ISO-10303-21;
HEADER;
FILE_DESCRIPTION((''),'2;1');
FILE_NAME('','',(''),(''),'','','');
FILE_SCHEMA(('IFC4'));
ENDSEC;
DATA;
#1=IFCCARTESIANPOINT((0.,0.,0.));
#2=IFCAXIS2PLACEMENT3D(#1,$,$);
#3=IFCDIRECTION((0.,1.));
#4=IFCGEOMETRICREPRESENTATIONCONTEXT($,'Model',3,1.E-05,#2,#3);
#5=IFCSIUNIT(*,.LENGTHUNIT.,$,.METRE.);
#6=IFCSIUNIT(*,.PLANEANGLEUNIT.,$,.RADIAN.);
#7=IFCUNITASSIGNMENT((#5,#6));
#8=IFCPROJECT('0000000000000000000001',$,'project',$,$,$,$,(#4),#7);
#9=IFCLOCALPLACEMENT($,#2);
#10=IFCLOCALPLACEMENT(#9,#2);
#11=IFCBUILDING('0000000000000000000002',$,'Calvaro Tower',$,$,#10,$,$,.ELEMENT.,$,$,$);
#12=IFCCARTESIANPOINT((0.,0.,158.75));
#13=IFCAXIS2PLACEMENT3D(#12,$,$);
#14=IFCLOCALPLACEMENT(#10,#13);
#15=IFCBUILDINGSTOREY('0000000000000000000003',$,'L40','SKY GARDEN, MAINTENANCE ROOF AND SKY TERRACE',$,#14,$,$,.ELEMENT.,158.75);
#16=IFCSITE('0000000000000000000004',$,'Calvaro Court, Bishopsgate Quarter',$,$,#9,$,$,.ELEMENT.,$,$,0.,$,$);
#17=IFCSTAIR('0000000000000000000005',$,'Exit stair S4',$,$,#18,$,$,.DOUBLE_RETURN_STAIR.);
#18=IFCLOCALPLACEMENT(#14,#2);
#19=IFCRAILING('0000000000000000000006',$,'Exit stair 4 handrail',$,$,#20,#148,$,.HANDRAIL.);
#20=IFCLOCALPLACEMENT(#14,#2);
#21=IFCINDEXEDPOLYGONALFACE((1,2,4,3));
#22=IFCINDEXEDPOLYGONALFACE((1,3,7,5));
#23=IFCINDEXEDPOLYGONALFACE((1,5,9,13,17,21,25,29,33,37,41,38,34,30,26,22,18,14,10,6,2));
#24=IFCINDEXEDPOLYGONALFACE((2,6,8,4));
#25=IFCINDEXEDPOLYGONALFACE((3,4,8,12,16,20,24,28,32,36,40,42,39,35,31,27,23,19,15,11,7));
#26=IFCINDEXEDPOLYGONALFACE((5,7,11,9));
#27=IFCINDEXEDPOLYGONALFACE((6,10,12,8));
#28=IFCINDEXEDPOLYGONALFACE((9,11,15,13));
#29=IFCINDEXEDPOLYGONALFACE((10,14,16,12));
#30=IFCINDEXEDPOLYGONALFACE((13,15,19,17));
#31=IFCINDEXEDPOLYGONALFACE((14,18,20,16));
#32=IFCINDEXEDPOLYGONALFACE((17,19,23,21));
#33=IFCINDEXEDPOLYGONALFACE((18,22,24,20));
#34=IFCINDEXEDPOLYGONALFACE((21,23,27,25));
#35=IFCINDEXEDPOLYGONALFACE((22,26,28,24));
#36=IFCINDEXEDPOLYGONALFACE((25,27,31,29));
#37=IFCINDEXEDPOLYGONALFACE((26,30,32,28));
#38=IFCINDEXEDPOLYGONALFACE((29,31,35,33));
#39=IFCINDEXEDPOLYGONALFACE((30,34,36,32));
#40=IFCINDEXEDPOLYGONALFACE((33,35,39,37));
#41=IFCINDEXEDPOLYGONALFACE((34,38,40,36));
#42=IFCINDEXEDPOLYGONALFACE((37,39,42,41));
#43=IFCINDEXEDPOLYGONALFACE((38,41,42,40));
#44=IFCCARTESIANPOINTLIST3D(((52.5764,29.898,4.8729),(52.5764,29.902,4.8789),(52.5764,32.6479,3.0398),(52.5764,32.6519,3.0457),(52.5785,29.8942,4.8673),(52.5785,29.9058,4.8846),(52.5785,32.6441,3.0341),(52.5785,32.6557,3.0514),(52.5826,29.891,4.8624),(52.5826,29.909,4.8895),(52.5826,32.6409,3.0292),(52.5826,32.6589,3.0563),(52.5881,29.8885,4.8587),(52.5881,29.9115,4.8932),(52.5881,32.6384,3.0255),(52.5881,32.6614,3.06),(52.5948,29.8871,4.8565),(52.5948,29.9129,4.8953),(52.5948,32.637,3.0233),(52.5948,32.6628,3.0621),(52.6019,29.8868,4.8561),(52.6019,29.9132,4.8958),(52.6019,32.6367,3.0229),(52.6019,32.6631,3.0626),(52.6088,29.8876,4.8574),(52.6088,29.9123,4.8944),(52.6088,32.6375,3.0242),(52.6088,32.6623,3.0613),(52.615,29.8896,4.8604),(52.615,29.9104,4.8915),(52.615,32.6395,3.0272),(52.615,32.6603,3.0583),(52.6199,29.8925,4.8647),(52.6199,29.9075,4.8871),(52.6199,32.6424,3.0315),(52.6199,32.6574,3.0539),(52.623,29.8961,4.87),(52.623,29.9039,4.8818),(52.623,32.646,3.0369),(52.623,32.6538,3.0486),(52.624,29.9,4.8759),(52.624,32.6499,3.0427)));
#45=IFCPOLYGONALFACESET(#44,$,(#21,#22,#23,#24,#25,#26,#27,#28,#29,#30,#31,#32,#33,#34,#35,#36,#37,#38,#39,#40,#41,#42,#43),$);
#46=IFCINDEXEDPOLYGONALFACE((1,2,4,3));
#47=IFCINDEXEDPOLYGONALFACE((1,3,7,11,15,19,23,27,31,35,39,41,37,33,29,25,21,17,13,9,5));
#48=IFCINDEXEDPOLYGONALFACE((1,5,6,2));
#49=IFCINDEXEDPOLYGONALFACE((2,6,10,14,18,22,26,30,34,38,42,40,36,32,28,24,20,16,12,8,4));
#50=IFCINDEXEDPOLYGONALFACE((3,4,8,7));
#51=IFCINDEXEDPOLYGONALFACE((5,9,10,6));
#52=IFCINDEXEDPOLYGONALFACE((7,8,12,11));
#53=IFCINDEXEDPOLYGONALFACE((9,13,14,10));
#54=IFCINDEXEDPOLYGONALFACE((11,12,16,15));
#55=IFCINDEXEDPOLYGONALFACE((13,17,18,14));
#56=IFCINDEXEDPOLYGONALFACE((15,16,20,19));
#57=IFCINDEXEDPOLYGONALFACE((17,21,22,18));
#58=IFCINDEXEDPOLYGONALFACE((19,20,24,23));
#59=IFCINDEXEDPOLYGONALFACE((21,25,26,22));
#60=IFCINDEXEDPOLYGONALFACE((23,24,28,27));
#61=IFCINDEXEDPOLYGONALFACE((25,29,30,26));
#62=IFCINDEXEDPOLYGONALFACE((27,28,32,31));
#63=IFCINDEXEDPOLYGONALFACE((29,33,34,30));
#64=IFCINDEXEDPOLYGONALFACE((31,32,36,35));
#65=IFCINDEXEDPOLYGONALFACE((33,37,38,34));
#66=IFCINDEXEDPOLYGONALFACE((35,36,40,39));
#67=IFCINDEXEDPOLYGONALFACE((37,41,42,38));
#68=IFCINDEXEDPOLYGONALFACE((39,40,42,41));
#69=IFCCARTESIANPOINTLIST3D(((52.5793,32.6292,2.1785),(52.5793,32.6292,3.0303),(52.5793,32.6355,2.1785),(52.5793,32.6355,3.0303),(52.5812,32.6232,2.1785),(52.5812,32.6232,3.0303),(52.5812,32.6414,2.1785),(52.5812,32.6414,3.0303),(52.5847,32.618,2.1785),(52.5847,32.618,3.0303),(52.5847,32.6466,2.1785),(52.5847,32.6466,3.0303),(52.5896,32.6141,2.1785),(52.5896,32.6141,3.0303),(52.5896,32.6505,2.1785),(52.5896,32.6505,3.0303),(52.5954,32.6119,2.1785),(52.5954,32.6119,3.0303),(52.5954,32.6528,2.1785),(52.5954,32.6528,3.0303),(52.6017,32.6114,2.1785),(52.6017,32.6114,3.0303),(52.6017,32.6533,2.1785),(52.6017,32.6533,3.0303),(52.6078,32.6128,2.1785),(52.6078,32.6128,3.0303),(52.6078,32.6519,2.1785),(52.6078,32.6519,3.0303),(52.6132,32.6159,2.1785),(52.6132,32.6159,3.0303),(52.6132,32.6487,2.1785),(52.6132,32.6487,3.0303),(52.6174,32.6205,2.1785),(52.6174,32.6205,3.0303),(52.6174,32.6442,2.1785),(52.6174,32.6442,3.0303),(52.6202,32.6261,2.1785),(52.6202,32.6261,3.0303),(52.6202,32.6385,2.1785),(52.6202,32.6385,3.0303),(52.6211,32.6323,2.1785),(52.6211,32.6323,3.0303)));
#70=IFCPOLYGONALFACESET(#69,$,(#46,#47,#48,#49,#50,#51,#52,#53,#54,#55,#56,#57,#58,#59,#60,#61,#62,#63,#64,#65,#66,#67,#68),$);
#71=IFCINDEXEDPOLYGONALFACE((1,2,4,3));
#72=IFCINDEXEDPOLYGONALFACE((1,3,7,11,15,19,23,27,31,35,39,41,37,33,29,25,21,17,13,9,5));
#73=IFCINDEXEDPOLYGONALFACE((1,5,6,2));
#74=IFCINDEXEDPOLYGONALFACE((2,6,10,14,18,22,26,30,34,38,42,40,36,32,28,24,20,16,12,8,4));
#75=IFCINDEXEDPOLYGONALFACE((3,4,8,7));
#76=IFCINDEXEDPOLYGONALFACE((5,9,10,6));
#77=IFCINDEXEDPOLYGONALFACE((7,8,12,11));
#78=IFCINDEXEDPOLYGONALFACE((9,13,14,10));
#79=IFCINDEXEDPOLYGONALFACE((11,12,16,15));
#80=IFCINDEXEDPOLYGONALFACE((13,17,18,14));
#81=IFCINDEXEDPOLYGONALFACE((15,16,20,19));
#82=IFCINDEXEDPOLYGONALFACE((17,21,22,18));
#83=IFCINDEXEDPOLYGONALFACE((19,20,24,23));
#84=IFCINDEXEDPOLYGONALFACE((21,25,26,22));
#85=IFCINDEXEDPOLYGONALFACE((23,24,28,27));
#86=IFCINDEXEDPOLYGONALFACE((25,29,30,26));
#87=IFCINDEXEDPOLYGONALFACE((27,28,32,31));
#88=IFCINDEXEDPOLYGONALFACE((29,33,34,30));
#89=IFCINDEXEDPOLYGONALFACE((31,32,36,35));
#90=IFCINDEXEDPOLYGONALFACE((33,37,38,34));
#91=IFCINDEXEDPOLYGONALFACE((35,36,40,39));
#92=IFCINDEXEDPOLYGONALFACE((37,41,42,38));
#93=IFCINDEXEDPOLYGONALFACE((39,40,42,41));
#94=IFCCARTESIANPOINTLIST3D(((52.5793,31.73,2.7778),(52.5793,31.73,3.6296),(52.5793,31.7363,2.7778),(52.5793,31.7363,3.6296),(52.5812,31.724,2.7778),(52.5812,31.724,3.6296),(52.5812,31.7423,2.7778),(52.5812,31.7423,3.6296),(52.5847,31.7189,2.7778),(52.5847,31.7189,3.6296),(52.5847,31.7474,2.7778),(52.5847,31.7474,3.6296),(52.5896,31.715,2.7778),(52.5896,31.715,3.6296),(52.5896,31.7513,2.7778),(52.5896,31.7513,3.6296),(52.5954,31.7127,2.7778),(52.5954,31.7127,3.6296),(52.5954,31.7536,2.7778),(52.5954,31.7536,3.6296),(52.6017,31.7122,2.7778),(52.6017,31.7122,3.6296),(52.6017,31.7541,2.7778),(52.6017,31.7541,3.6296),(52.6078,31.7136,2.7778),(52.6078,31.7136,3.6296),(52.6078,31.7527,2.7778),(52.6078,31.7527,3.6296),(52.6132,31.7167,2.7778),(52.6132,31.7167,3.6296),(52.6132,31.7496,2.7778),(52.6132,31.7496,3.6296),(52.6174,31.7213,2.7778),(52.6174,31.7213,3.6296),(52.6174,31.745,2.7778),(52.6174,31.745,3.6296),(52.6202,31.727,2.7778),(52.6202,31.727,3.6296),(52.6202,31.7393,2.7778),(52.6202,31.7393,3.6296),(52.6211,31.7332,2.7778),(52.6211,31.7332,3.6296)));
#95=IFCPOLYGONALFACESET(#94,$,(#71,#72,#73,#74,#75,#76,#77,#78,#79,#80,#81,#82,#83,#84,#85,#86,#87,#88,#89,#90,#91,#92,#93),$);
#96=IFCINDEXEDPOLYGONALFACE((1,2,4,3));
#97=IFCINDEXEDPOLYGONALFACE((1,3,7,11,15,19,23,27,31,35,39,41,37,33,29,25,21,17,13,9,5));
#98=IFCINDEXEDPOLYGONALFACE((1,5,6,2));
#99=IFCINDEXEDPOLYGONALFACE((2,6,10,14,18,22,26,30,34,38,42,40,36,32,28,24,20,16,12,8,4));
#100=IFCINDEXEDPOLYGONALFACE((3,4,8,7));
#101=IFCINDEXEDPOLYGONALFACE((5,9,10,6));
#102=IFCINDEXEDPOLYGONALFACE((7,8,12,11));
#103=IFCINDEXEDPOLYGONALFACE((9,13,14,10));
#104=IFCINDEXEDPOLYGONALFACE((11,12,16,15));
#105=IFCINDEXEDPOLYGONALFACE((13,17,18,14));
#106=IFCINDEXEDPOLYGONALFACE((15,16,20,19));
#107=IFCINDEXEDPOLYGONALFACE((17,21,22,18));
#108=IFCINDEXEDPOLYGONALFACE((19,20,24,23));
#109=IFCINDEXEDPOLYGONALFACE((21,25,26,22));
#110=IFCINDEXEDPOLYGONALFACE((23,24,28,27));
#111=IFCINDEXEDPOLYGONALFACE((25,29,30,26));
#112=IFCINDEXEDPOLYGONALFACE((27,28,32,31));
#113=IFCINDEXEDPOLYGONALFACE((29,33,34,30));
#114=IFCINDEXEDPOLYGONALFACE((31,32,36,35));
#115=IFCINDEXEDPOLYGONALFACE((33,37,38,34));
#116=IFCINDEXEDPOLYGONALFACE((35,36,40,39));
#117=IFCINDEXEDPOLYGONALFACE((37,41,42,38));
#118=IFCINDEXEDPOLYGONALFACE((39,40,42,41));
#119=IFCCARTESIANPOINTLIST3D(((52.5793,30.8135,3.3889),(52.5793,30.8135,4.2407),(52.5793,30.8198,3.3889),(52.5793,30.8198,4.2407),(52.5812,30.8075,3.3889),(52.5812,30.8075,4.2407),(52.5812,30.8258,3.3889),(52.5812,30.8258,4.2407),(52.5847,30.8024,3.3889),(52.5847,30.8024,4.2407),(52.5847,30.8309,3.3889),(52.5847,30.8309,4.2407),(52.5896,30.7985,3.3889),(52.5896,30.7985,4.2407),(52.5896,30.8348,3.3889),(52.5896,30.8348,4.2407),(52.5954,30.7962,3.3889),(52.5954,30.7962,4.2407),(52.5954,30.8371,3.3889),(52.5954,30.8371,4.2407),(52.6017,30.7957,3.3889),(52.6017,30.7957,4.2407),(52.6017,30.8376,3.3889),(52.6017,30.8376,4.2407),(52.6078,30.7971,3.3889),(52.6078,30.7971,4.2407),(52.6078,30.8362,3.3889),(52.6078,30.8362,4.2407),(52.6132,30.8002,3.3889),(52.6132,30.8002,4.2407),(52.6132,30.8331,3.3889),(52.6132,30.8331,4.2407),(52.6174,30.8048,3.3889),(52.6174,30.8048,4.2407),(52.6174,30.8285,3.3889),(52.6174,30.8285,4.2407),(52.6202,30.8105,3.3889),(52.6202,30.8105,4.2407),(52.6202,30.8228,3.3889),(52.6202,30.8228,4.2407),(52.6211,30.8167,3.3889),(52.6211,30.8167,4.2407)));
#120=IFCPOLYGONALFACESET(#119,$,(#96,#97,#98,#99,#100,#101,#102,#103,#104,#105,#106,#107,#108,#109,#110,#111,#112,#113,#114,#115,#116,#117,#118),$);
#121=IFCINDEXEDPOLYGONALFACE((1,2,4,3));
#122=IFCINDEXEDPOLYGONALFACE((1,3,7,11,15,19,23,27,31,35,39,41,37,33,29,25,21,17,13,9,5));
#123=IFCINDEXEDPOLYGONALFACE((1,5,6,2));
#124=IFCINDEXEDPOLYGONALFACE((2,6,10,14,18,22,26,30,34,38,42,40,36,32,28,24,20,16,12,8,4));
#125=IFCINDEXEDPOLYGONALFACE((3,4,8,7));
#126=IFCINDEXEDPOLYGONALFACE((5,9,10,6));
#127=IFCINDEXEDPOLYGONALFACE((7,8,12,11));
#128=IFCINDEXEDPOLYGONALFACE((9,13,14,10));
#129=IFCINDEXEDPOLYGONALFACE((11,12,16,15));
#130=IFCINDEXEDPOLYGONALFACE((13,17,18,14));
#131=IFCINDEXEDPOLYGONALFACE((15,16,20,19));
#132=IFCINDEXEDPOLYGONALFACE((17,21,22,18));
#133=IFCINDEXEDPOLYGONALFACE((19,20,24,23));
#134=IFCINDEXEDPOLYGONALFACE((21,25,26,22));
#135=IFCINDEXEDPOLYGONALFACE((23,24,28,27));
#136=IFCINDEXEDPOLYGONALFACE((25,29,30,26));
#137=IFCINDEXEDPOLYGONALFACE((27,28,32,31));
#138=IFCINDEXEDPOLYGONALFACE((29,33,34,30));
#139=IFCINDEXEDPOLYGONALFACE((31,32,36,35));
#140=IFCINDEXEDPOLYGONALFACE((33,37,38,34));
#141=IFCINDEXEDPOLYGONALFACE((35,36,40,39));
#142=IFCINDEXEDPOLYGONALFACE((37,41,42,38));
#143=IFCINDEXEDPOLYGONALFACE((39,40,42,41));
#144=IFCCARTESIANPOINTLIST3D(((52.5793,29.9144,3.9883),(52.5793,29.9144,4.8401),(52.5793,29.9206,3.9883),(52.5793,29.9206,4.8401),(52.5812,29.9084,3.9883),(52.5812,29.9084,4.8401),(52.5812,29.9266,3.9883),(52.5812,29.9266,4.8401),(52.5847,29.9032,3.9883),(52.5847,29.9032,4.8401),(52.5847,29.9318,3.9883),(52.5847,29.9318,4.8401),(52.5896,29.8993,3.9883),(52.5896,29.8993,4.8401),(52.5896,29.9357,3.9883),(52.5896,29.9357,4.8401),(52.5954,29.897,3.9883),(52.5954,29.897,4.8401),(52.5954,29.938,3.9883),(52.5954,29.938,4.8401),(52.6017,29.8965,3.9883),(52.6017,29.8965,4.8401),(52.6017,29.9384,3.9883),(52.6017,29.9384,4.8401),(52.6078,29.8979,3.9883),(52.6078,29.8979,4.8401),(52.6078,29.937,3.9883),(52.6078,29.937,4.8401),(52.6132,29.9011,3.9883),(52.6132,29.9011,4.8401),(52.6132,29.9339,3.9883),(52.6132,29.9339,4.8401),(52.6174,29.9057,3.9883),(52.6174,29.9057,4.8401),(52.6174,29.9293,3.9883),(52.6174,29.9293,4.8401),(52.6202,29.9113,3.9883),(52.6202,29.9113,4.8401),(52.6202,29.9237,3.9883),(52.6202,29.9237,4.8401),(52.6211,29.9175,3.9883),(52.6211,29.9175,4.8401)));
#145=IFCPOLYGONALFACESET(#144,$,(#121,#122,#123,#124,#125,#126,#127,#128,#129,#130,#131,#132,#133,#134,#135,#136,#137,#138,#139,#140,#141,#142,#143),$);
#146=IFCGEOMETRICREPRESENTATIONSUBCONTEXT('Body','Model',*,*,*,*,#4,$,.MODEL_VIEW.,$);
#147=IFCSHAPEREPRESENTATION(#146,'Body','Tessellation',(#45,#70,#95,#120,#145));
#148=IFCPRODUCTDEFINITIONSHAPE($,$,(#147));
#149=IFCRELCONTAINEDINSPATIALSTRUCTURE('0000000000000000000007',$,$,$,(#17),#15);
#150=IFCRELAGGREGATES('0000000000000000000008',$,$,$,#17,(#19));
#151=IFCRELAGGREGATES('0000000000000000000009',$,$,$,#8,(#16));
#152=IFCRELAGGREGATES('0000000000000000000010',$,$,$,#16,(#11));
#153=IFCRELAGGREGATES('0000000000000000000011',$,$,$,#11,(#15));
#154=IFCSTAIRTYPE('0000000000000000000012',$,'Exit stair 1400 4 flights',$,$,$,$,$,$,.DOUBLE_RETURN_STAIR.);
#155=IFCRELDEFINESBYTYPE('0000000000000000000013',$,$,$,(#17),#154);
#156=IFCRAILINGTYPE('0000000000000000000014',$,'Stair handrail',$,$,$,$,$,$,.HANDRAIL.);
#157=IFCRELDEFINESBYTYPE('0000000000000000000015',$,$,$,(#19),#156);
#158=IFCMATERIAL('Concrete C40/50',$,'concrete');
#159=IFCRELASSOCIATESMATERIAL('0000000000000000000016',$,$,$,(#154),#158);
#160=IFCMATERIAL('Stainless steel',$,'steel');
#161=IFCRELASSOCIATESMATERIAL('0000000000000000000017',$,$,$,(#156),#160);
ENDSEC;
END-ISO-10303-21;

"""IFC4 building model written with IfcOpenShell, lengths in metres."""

from ifc_helpers import new_model, si_unit, direction, frame, origin, origin_2d, place, context, subcontext, project, spatial, circle, extrude, material, type_object, element, aggregate, save


model = new_model("IFC4")

# Units and contexts
model_context = context("Model", 3, precision=1e-05, world=origin(), true_north=direction((0.0, 1.0)))
body_context = subcontext(model_context, "Body", "Model", "MODEL_VIEW")
ifc_project = project(units=[si_unit("LENGTHUNIT", "METRE"), si_unit("PLANEANGLEUNIT", "RADIAN")], contexts=[model_context])

# Site, building, storey
site_placement = place(None, origin())
site = spatial("IfcSite", under=ifc_project, at=site_placement, Name="Calvaro Court, Bishopsgate Quarter", CompositionType="ELEMENT", RefElevation=0.0)
building_placement = place(site_placement, origin())
building = spatial("IfcBuilding", under=site, at=building_placement, Name="Calvaro Tower", CompositionType="ELEMENT")
storey_placement = place(building_placement, frame((0.0, 0.0, 158.75)))
storey = spatial("IfcBuildingStorey", under=building, at=storey_placement, Name="L40", Description="SKY GARDEN, MAINTENANCE ROOF AND SKY TERRACE", CompositionType="ELEMENT", Elevation=158.75)

# Stair, railing
ifc_material_1 = material(Name="Concrete C40/50", Category="concrete")
stair_type = type_object("IfcStairType", Name="Exit stair 1400 4 flights", PredefinedType="DOUBLE_RETURN_STAIR", material=ifc_material_1)
stair_placement = place(storey_placement, origin())
stair = element("IfcStair", 1, at=stair_placement, inside=storey, type_object=stair_type, Name="Exit stair S4", PredefinedType="DOUBLE_RETURN_STAIR")
ifc_material_2 = material(Name="Stainless steel", Category="steel")
railing_type = type_object("IfcRailingType", Name="Stair handrail", PredefinedType="HANDRAIL", material=ifc_material_2)
railing_1_placement = place(storey_placement, frame((52.6001, 32.6499, 2.1667)))
railing_1 = element("IfcRailing", 2, at=railing_1_placement, type_object=railing_type, Name="Exit stair 4 handrail", PredefinedType="HANDRAIL", context=body_context, shape_type="SweptSolid", body=[
    extrude(circle(Radius=0.0239, at=origin_2d()), frame((0.0, 0.0, 0.876), z_axis=(0.0, -0.832062, 0.554683), x_axis=(1.0, 0.0, 0.0)), (0.0, 0.0, 1.0), 3.3049),
    extrude(circle(Radius=0.021, at=origin_2d()), frame((0.0, -0.0176, 0.0117)), (0.0, 0.0, 1.0), 0.8518),
    extrude(circle(Radius=0.021, at=origin_2d()), frame((0.0, -0.9167, 0.6111)), (0.0, 0.0, 1.0), 0.8518),
    extrude(circle(Radius=0.021, at=origin_2d()), frame((0.0, -1.8333, 1.2222)), (0.0, 0.0, 1.0), 0.8518),
    extrude(circle(Radius=0.021, at=origin_2d()), frame((0.0, -2.7324, 1.8215)), (0.0, 0.0, 1.0), 0.8518),
])
aggregate(stair, [railing_1])

save(model, "model.ifc")
